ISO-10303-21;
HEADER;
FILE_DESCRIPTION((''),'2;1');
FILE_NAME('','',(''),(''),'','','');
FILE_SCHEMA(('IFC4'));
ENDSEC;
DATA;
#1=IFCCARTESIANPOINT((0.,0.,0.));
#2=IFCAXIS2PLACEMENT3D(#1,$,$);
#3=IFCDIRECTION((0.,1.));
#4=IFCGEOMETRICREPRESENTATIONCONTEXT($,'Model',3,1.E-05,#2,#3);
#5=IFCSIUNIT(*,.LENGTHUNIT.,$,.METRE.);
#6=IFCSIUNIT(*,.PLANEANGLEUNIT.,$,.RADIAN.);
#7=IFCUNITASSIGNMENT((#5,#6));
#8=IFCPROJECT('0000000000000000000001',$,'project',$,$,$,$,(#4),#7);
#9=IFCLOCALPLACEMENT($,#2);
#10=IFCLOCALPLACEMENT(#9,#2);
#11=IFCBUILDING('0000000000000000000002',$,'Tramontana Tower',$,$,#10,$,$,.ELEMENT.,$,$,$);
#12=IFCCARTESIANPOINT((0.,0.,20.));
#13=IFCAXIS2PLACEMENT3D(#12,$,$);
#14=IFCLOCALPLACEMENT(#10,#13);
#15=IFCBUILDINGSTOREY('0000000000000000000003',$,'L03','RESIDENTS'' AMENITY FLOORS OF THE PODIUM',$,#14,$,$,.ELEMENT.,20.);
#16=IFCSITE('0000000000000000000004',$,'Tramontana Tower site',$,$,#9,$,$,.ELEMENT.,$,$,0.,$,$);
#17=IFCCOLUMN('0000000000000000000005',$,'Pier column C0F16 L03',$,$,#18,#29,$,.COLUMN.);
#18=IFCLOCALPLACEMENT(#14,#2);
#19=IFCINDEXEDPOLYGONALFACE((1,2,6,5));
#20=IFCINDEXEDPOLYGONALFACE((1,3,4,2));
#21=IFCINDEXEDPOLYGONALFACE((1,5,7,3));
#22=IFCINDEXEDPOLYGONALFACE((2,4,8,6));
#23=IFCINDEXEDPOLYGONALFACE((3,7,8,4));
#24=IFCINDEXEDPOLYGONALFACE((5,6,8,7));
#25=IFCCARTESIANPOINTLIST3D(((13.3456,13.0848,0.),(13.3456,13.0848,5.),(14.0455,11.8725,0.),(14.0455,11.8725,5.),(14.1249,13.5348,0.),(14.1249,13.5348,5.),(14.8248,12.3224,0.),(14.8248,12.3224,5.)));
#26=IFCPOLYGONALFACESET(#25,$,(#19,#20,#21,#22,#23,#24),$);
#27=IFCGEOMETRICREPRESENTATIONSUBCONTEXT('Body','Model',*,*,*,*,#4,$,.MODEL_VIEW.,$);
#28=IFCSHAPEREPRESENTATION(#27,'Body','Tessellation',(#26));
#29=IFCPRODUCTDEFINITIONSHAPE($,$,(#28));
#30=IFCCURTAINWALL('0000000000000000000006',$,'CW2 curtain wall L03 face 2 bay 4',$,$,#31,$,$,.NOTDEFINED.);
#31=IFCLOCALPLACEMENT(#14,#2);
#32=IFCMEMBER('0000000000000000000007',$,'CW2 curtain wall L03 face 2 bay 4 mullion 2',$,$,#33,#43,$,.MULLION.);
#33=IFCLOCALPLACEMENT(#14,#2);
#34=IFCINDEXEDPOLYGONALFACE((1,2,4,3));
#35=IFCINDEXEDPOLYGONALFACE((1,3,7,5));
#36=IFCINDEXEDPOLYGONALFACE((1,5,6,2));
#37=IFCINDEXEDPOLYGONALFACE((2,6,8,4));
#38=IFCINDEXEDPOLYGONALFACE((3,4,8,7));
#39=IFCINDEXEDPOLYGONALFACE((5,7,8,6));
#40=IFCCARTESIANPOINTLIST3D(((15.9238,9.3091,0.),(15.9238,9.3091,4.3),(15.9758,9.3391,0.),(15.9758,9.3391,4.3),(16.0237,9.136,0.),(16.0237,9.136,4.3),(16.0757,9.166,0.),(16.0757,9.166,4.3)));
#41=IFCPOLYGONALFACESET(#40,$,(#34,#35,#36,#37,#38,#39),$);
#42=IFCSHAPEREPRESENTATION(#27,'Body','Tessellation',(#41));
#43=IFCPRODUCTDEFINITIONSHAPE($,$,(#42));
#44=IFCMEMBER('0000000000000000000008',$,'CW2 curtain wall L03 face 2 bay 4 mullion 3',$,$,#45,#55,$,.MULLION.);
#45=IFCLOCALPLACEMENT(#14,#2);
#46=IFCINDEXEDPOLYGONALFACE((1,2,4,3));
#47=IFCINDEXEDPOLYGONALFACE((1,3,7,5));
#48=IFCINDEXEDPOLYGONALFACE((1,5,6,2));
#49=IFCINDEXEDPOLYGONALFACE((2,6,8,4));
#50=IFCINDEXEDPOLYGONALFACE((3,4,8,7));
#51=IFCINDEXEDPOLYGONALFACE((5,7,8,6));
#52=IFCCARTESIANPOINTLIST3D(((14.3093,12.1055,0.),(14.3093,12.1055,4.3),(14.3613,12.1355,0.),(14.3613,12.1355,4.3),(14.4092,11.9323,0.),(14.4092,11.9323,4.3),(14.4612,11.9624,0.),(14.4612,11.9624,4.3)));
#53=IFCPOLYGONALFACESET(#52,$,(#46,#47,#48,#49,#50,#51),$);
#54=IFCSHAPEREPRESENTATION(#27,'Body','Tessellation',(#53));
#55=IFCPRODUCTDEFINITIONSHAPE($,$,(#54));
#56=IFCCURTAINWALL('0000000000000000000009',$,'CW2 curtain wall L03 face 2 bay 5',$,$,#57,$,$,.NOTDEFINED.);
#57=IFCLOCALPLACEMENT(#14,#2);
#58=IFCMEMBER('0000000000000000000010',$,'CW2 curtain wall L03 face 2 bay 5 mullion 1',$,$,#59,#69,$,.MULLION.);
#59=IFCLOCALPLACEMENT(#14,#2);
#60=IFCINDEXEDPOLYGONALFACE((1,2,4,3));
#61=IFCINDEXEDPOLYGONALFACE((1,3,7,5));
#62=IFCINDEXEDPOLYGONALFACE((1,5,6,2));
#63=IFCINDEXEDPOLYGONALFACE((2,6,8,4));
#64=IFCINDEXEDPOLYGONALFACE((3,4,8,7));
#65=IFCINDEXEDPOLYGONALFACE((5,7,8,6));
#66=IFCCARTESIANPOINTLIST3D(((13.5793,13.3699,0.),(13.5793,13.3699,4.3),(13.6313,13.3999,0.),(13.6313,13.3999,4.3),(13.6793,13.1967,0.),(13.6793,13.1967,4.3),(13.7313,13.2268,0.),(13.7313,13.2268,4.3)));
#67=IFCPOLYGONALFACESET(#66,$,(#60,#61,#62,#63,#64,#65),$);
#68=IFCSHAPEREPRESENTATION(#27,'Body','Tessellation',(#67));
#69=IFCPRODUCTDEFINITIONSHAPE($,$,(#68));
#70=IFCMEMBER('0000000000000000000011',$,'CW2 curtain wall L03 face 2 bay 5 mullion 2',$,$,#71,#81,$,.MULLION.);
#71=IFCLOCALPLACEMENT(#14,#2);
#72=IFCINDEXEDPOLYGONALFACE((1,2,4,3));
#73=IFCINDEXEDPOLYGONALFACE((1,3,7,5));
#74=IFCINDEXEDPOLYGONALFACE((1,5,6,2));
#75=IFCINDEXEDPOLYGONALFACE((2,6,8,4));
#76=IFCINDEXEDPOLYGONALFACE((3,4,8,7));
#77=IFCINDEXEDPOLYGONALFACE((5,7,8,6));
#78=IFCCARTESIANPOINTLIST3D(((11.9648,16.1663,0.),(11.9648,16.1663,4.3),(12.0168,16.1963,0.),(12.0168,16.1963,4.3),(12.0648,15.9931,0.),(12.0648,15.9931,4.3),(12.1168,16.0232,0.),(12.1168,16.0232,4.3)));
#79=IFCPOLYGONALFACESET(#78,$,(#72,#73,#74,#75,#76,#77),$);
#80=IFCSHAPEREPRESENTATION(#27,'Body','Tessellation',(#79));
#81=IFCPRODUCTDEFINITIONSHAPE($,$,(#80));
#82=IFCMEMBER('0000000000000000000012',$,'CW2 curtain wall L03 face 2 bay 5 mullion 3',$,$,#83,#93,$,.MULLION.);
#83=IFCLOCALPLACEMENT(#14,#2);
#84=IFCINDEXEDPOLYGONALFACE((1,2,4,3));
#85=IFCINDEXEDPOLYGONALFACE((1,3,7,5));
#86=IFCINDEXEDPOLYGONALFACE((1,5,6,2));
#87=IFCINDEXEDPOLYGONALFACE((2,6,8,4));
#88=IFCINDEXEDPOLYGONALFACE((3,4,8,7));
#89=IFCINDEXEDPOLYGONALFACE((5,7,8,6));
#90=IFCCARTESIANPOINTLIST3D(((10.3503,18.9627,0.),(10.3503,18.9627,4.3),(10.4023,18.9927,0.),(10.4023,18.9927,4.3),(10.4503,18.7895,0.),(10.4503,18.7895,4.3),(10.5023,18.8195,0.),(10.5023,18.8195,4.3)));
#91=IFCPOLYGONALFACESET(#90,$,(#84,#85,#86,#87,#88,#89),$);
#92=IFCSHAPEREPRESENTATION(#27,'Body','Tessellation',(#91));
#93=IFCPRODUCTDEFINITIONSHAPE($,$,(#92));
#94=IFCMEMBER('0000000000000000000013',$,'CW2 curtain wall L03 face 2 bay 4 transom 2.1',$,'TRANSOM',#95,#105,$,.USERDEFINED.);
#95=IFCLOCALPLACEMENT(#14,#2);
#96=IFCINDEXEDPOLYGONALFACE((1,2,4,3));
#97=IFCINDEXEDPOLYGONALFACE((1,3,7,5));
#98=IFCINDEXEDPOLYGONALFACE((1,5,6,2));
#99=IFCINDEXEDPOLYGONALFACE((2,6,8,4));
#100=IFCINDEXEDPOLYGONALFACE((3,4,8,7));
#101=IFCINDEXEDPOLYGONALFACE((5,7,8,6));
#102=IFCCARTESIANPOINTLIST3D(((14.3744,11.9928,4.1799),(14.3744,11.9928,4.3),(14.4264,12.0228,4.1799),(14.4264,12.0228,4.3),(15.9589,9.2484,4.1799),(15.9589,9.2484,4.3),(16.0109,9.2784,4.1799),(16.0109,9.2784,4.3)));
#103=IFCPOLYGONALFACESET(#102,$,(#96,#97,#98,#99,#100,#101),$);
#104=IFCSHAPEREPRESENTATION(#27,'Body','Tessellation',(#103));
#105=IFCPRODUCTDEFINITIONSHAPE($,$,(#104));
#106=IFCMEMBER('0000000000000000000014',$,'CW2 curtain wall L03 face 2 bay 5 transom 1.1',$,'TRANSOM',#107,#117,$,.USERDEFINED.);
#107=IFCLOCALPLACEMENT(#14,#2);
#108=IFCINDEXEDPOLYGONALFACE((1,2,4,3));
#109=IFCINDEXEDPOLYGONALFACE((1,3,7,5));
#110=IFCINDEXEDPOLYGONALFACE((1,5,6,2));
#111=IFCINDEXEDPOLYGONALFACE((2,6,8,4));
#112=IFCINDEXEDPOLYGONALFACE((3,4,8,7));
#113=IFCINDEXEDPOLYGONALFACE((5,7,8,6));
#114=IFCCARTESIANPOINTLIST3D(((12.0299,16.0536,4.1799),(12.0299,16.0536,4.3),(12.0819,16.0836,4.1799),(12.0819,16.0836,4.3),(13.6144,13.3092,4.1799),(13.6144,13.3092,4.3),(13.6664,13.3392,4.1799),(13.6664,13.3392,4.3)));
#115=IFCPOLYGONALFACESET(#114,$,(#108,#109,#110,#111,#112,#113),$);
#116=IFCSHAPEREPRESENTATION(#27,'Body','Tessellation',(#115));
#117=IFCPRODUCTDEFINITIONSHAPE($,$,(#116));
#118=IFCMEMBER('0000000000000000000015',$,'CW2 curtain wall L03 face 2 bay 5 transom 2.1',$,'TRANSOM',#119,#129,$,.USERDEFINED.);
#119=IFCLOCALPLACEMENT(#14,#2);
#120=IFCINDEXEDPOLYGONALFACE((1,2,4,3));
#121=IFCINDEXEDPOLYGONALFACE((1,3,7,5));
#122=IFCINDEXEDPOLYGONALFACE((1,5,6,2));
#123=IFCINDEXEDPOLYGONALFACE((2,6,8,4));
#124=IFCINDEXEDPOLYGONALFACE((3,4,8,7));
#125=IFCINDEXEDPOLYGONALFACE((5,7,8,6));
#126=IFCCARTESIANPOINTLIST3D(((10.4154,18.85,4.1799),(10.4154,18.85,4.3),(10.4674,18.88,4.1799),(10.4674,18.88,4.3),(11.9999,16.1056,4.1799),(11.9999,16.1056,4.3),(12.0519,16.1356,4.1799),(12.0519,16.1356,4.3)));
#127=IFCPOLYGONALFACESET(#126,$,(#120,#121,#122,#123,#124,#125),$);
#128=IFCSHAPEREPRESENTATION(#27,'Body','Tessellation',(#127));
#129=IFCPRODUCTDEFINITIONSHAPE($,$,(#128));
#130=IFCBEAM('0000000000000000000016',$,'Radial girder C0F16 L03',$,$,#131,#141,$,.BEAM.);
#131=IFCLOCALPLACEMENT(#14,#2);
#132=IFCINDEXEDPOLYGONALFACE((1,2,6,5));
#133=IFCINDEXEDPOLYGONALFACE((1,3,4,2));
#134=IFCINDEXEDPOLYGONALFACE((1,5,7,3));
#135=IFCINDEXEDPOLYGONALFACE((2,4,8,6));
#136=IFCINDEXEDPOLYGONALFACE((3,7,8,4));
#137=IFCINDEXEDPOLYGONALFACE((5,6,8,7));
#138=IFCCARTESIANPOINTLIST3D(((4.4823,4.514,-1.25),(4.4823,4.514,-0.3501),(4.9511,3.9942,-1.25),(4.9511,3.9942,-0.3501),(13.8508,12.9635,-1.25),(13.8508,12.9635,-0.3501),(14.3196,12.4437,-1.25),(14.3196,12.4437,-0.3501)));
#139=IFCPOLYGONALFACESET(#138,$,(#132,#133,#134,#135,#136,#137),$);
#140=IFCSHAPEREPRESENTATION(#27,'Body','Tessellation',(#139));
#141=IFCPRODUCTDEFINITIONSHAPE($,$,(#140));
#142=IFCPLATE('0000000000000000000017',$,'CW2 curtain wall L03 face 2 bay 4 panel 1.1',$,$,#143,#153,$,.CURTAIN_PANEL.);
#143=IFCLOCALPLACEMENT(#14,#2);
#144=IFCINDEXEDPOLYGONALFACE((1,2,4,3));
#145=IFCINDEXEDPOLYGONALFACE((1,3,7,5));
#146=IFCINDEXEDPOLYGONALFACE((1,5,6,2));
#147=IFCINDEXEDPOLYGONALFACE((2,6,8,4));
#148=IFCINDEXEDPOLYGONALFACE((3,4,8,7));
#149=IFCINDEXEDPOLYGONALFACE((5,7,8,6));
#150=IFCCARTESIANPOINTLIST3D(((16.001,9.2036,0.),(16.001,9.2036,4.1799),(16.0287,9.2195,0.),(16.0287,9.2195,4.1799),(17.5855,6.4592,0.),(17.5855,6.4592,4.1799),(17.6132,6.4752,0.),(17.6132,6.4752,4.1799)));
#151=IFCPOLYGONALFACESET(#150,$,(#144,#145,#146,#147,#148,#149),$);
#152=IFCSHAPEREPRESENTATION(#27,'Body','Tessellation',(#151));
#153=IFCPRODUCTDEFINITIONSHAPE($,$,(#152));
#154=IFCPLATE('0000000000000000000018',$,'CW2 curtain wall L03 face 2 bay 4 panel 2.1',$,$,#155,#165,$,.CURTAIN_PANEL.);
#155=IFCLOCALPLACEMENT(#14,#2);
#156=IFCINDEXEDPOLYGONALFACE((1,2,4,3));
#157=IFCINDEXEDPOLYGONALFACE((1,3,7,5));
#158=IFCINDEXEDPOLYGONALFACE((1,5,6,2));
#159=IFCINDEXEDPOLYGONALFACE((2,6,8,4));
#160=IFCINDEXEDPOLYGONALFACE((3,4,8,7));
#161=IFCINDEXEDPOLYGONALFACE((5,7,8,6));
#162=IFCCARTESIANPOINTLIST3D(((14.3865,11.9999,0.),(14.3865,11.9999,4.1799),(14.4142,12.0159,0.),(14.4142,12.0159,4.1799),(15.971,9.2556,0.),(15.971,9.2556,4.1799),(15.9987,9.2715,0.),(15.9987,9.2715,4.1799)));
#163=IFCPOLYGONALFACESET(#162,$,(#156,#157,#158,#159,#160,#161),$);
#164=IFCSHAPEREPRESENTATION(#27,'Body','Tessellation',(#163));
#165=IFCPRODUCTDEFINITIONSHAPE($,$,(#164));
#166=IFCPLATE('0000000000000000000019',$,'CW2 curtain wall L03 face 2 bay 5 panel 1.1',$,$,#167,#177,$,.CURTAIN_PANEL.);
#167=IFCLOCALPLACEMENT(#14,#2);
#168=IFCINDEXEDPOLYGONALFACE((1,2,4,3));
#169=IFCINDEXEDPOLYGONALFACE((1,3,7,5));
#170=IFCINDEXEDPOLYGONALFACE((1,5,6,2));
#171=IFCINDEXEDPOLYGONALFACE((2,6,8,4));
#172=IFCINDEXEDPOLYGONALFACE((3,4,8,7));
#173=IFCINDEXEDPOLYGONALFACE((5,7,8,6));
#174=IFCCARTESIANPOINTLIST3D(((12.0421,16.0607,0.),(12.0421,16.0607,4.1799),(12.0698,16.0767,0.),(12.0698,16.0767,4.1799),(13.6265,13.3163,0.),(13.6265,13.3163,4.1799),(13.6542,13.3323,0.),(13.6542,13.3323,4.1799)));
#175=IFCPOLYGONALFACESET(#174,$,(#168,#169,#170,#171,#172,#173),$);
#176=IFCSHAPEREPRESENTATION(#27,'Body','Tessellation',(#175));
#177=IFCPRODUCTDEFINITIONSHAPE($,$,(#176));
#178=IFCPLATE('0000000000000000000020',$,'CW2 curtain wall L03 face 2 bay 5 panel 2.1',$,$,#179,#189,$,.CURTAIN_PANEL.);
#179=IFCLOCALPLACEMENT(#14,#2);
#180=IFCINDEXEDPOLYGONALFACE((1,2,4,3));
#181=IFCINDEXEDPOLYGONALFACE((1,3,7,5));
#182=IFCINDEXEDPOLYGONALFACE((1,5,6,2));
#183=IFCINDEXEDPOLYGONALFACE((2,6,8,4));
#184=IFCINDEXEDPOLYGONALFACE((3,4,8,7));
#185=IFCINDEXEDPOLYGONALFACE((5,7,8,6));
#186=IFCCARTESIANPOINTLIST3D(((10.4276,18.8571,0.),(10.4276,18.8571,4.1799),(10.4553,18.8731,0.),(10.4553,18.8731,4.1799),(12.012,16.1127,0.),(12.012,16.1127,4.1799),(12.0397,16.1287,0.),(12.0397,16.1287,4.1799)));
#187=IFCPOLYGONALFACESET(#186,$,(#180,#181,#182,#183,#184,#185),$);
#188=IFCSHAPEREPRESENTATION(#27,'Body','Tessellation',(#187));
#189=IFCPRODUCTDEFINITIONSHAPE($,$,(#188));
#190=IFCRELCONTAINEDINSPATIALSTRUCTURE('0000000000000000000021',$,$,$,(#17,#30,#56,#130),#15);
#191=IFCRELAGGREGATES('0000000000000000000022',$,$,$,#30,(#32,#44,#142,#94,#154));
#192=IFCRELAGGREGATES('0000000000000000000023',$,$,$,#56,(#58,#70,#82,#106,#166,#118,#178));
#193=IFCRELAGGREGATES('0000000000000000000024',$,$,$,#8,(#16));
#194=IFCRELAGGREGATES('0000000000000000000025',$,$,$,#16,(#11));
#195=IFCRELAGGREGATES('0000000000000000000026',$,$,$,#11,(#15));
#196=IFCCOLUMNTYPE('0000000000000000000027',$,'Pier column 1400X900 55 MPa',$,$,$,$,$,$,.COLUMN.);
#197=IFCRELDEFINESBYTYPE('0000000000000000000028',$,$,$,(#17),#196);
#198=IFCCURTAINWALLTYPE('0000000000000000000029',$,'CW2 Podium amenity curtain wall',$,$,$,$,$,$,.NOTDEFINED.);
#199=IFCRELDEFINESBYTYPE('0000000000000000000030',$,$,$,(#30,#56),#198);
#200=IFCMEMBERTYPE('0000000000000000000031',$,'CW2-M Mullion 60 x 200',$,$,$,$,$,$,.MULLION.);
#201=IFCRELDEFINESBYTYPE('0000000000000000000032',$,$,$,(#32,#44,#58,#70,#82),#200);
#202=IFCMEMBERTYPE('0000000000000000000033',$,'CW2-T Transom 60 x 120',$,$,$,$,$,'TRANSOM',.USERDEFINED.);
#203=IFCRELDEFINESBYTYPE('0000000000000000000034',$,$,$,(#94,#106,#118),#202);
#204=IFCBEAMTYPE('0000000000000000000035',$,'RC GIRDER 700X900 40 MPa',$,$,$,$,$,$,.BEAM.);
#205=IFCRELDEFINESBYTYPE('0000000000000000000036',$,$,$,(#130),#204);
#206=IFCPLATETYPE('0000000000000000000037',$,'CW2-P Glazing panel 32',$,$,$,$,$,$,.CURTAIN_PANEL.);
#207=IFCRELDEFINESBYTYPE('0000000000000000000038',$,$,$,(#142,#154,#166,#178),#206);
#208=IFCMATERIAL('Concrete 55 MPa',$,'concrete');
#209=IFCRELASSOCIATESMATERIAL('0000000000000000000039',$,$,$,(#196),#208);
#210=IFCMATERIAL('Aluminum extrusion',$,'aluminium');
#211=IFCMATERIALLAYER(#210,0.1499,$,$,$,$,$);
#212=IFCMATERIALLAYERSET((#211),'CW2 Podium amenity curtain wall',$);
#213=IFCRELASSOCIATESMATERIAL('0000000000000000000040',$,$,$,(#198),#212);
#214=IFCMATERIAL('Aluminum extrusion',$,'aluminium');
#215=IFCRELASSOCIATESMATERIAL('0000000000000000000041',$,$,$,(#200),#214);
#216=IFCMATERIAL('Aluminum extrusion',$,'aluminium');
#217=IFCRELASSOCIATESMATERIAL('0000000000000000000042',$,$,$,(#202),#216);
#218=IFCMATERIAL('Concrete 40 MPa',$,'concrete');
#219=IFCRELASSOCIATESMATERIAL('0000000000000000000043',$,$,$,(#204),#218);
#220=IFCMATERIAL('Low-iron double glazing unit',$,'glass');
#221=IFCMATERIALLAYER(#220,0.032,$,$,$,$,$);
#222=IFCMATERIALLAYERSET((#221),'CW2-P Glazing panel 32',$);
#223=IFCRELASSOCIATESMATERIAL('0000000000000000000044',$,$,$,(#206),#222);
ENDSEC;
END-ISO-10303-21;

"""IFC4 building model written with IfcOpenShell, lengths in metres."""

from ifc_helpers import new_model, si_unit, direction, frame, origin, origin_2d, place, context, subcontext, project, spatial, rectangle, extrude, material, layer, layer_set, material_profile, profile_set, type_object, element, aggregate, save


model = new_model("IFC4")

# Units and contexts
model_context = context("Model", 3, precision=1e-05, world=origin(), true_north=direction((0.0, 1.0)))
body_context = subcontext(model_context, "Body", "Model", "MODEL_VIEW")
ifc_project = project(units=[si_unit("LENGTHUNIT", "METRE"), si_unit("PLANEANGLEUNIT", "RADIAN")], contexts=[model_context])

# Site, building, storey
site_placement = place(None, origin())
site = spatial("IfcSite", under=ifc_project, at=site_placement, Name="Tramontana Tower site", CompositionType="ELEMENT", RefElevation=0.0)
building_placement = place(site_placement, origin())
building = spatial("IfcBuilding", under=site, at=building_placement, Name="Tramontana Tower", CompositionType="ELEMENT")
storey_placement = place(building_placement, frame((0.0, 0.0, 20.0)))
storey = spatial("IfcBuildingStorey", under=building, at=storey_placement, Name="L03", Description="RESIDENTS' AMENITY FLOORS OF THE PODIUM", CompositionType="ELEMENT", Elevation=20.0)

# Column
ifc_material_1 = material(Name="Concrete 55 MPa", Category="concrete")
ifc_material_profile_1 = material_profile(ifc_material_1, rectangle(XDim=1.3999, YDim=0.8999, at=origin_2d()), Name="Pier column 1400X900 55 MPa")
ifc_profile_set_1 = profile_set([ifc_material_profile_1], Name="Concrete 55 MPa")
column_type = type_object("IfcColumnType", Name="Pier column 1400X900 55 MPa", PredefinedType="COLUMN", material=ifc_profile_set_1)
column_placement = place(storey_placement, frame((14.0852, 12.7036, 0.0), z_axis=(0.0, 0.0, 1.0), x_axis=(-0.5, 0.866025, 0.0)))
element("IfcColumn", 1, at=column_placement, inside=storey, type_object=column_type, Name="Pier column C0F16 L03", PredefinedType="COLUMN", context=body_context, shape_type="SweptSolid", body=[
    extrude(rectangle(XDim=1.3999, YDim=0.8999, at=origin_2d()), origin(), (0.0, 0.0, 1.0), 5.0),
])

# Curtain walls, members
ifc_material_2 = material(Name="Aluminum extrusion", Category="aluminium")
ifc_layer_1 = layer(ifc_material_2, 0.1499)
ifc_layer_set_1 = layer_set([ifc_layer_1], Name="CW2 Podium amenity curtain wall")
curtain_wall_type = type_object("IfcCurtainWallType", Name="CW2 Podium amenity curtain wall", PredefinedType="NOTDEFINED", material=ifc_layer_set_1)
curtain_wall_1_placement = place(storey_placement, origin())
curtain_wall_1 = element("IfcCurtainWall", 2, at=curtain_wall_1_placement, inside=storey, type_object=curtain_wall_type, Name="CW2 curtain wall L03 face 2 bay 4", PredefinedType="NOTDEFINED")
ifc_material_3 = material(Name="Aluminum extrusion", Category="aluminium")
ifc_material_profile_2 = material_profile(ifc_material_3, rectangle(XDim=0.0601, YDim=0.2, at=origin_2d()), Name="CW2-M Mullion 60 x 200")
ifc_profile_set_2 = profile_set([ifc_material_profile_2], Name="Aluminum extrusion")
member_type_1 = type_object("IfcMemberType", Name="CW2-M Mullion 60 x 200", PredefinedType="MULLION", material=ifc_profile_set_2)
member_1_placement = place(storey_placement, frame((15.9998, 9.2375, 0.0), z_axis=(0.0, 0.0, 1.0), x_axis=(-0.866025, -0.5, 0.0)))
member_1 = element("IfcMember", 3, at=member_1_placement, type_object=member_type_1, Name="CW2 curtain wall L03 face 2 bay 4 mullion 2", PredefinedType="MULLION", context=body_context, shape_type="SweptSolid", body=[
    extrude(rectangle(XDim=0.0601, YDim=0.2, at=origin_2d()), origin(), (0.0, 0.0, 1.0), 4.3),
])
member_2_placement = place(storey_placement, frame((14.3853, 12.0339, 0.0), z_axis=(0.0, 0.0, 1.0), x_axis=(-0.866025, -0.5, 0.0)))
member_2 = element("IfcMember", 4, at=member_2_placement, type_object=member_type_1, Name="CW2 curtain wall L03 face 2 bay 4 mullion 3", PredefinedType="MULLION", context=body_context, shape_type="SweptSolid", body=[
    extrude(rectangle(XDim=0.0601, YDim=0.2, at=origin_2d()), origin(), (0.0, 0.0, 1.0), 4.3),
])
curtain_wall_2_placement = place(storey_placement, origin())
curtain_wall_2 = element("IfcCurtainWall", 5, at=curtain_wall_2_placement, inside=storey, type_object=curtain_wall_type, Name="CW2 curtain wall L03 face 2 bay 5", PredefinedType="NOTDEFINED")
member_3_placement = place(storey_placement, frame((13.6553, 13.2983, 0.0), z_axis=(0.0, 0.0, 1.0), x_axis=(-0.866025, -0.5, 0.0)))
member_3 = element("IfcMember", 6, at=member_3_placement, type_object=member_type_1, Name="CW2 curtain wall L03 face 2 bay 5 mullion 1", PredefinedType="MULLION", context=body_context, shape_type="SweptSolid", body=[
    extrude(rectangle(XDim=0.0601, YDim=0.2, at=origin_2d()), origin(), (0.0, 0.0, 1.0), 4.3),
])
member_4_placement = place(storey_placement, frame((12.0408, 16.0947, 0.0), z_axis=(0.0, 0.0, 1.0), x_axis=(-0.866025, -0.5, 0.0)))
member_4 = element("IfcMember", 7, at=member_4_placement, type_object=member_type_1, Name="CW2 curtain wall L03 face 2 bay 5 mullion 2", PredefinedType="MULLION", context=body_context, shape_type="SweptSolid", body=[
    extrude(rectangle(XDim=0.0601, YDim=0.2, at=origin_2d()), origin(), (0.0, 0.0, 1.0), 4.3),
])
member_5_placement = place(storey_placement, frame((10.4263, 18.8911, 0.0), z_axis=(0.0, 0.0, 1.0), x_axis=(-0.866025, -0.5, 0.0)))
member_5 = element("IfcMember", 8, at=member_5_placement, type_object=member_type_1, Name="CW2 curtain wall L03 face 2 bay 5 mullion 3", PredefinedType="MULLION", context=body_context, shape_type="SweptSolid", body=[
    extrude(rectangle(XDim=0.0601, YDim=0.2, at=origin_2d()), origin(), (0.0, 0.0, 1.0), 4.3),
])

# Members
ifc_material_4 = material(Name="Aluminum extrusion", Category="aluminium")
ifc_material_profile_3 = material_profile(ifc_material_4, rectangle(XDim=0.0601, YDim=0.1201, at=origin_2d()), Name="CW2-T Transom 60 x 120")
ifc_profile_set_3 = profile_set([ifc_material_profile_3], Name="Aluminum extrusion")
member_type_2 = type_object("IfcMemberType", Name="CW2-T Transom 60 x 120", ElementType="TRANSOM", PredefinedType="USERDEFINED", material=ifc_profile_set_3)
member_6_placement = place(storey_placement, frame((15.9849, 9.2634, 4.24), z_axis=(-0.5, 0.866025, 0.0), x_axis=(-0.866025, -0.5, 0.0)))
member_6 = element("IfcMember", 9, at=member_6_placement, type_object=member_type_2, Name="CW2 curtain wall L03 face 2 bay 4 transom 2.1", ObjectType="TRANSOM", PredefinedType="USERDEFINED", context=body_context, shape_type="SweptSolid", body=[
    extrude(rectangle(XDim=0.0601, YDim=0.1201, at=origin_2d()), origin(), (0.0, 0.0, 1.0), 3.1689),
])
member_7_placement = place(storey_placement, frame((13.6404, 13.3242, 4.24), z_axis=(-0.5, 0.866025, 0.0), x_axis=(-0.866025, -0.5, 0.0)))
member_7 = element("IfcMember", 10, at=member_7_placement, type_object=member_type_2, Name="CW2 curtain wall L03 face 2 bay 5 transom 1.1", ObjectType="TRANSOM", PredefinedType="USERDEFINED", context=body_context, shape_type="SweptSolid", body=[
    extrude(rectangle(XDim=0.0601, YDim=0.1201, at=origin_2d()), origin(), (0.0, 0.0, 1.0), 3.1689),
])
member_8_placement = place(storey_placement, frame((12.0259, 16.1206, 4.24), z_axis=(-0.5, 0.866025, 0.0), x_axis=(-0.866025, -0.5, 0.0)))
member_8 = element("IfcMember", 11, at=member_8_placement, type_object=member_type_2, Name="CW2 curtain wall L03 face 2 bay 5 transom 2.1", ObjectType="TRANSOM", PredefinedType="USERDEFINED", context=body_context, shape_type="SweptSolid", body=[
    extrude(rectangle(XDim=0.0601, YDim=0.1201, at=origin_2d()), origin(), (0.0, 0.0, 1.0), 3.1689),
])

# Beam
ifc_material_5 = material(Name="Concrete 40 MPa", Category="concrete")
ifc_material_profile_4 = material_profile(ifc_material_5, rectangle(XDim=0.7, YDim=0.8999, at=origin_2d()), Name="RC GIRDER 700X900 40 MPa")
ifc_profile_set_4 = profile_set([ifc_material_profile_4], Name="Concrete 40 MPa")
beam_type = type_object("IfcBeamType", Name="RC GIRDER 700X900 40 MPa", PredefinedType="BEAM", material=ifc_profile_set_4)
beam_placement = place(storey_placement, frame((14.0852, 12.7036, -0.8), z_axis=(-0.742588, -0.669748, 0.0), x_axis=(0.669748, -0.742588, 0.0)))
element("IfcBeam", 12, at=beam_placement, inside=storey, type_object=beam_type, Name="Radial girder C0F16 L03", PredefinedType="BEAM", context=body_context, shape_type="SweptSolid", body=[
    extrude(rectangle(XDim=0.7, YDim=0.8999, at=origin_2d()), origin(), (0.0, 0.0, 1.0), 12.616),
])

# Plates
ifc_material_6 = material(Name="Low-iron double glazing unit", Category="glass")
ifc_layer_2 = layer(ifc_material_6, 0.032)
ifc_layer_set_2 = layer_set([ifc_layer_2], Name="CW2-P Glazing panel 32")
plate_type = type_object("IfcPlateType", Name="CW2-P Glazing panel 32", PredefinedType="CURTAIN_PANEL", material=ifc_layer_set_2)
plate_1_placement = place(storey_placement, frame((16.8071, 7.8394, 0.0), z_axis=(0.0, 0.0, 1.0), x_axis=(-0.5, 0.866025, 0.0)))
plate_1 = element("IfcPlate", 13, at=plate_1_placement, type_object=plate_type, Name="CW2 curtain wall L03 face 2 bay 4 panel 1.1", PredefinedType="CURTAIN_PANEL", context=body_context, shape_type="SweptSolid", body=[
    extrude(rectangle(XDim=3.1689, YDim=0.032, at=origin_2d()), origin(), (0.0, 0.0, 1.0), 4.1799),
])
plate_2_placement = place(storey_placement, frame((15.1926, 10.6357, 0.0), z_axis=(0.0, 0.0, 1.0), x_axis=(-0.5, 0.866025, 0.0)))
plate_2 = element("IfcPlate", 14, at=plate_2_placement, type_object=plate_type, Name="CW2 curtain wall L03 face 2 bay 4 panel 2.1", PredefinedType="CURTAIN_PANEL", context=body_context, shape_type="SweptSolid", body=[
    extrude(rectangle(XDim=3.1689, YDim=0.032, at=origin_2d()), origin(), (0.0, 0.0, 1.0), 4.1799),
])
aggregate(curtain_wall_1, [member_1, member_2, plate_1, member_6, plate_2])
plate_3_placement = place(storey_placement, frame((12.8481, 14.6965, 0.0), z_axis=(0.0, 0.0, 1.0), x_axis=(-0.5, 0.866025, 0.0)))
plate_3 = element("IfcPlate", 15, at=plate_3_placement, type_object=plate_type, Name="CW2 curtain wall L03 face 2 bay 5 panel 1.1", PredefinedType="CURTAIN_PANEL", context=body_context, shape_type="SweptSolid", body=[
    extrude(rectangle(XDim=3.1689, YDim=0.032, at=origin_2d()), origin(), (0.0, 0.0, 1.0), 4.1799),
])
plate_4_placement = place(storey_placement, frame((11.2336, 17.4929, 0.0), z_axis=(0.0, 0.0, 1.0), x_axis=(-0.5, 0.866025, 0.0)))
plate_4 = element("IfcPlate", 16, at=plate_4_placement, type_object=plate_type, Name="CW2 curtain wall L03 face 2 bay 5 panel 2.1", PredefinedType="CURTAIN_PANEL", context=body_context, shape_type="SweptSolid", body=[
    extrude(rectangle(XDim=3.1689, YDim=0.032, at=origin_2d()), origin(), (0.0, 0.0, 1.0), 4.1799),
])
aggregate(curtain_wall_2, [member_3, member_4, member_5, member_7, plate_3, member_8, plate_4])

save(model, "model.ifc")
